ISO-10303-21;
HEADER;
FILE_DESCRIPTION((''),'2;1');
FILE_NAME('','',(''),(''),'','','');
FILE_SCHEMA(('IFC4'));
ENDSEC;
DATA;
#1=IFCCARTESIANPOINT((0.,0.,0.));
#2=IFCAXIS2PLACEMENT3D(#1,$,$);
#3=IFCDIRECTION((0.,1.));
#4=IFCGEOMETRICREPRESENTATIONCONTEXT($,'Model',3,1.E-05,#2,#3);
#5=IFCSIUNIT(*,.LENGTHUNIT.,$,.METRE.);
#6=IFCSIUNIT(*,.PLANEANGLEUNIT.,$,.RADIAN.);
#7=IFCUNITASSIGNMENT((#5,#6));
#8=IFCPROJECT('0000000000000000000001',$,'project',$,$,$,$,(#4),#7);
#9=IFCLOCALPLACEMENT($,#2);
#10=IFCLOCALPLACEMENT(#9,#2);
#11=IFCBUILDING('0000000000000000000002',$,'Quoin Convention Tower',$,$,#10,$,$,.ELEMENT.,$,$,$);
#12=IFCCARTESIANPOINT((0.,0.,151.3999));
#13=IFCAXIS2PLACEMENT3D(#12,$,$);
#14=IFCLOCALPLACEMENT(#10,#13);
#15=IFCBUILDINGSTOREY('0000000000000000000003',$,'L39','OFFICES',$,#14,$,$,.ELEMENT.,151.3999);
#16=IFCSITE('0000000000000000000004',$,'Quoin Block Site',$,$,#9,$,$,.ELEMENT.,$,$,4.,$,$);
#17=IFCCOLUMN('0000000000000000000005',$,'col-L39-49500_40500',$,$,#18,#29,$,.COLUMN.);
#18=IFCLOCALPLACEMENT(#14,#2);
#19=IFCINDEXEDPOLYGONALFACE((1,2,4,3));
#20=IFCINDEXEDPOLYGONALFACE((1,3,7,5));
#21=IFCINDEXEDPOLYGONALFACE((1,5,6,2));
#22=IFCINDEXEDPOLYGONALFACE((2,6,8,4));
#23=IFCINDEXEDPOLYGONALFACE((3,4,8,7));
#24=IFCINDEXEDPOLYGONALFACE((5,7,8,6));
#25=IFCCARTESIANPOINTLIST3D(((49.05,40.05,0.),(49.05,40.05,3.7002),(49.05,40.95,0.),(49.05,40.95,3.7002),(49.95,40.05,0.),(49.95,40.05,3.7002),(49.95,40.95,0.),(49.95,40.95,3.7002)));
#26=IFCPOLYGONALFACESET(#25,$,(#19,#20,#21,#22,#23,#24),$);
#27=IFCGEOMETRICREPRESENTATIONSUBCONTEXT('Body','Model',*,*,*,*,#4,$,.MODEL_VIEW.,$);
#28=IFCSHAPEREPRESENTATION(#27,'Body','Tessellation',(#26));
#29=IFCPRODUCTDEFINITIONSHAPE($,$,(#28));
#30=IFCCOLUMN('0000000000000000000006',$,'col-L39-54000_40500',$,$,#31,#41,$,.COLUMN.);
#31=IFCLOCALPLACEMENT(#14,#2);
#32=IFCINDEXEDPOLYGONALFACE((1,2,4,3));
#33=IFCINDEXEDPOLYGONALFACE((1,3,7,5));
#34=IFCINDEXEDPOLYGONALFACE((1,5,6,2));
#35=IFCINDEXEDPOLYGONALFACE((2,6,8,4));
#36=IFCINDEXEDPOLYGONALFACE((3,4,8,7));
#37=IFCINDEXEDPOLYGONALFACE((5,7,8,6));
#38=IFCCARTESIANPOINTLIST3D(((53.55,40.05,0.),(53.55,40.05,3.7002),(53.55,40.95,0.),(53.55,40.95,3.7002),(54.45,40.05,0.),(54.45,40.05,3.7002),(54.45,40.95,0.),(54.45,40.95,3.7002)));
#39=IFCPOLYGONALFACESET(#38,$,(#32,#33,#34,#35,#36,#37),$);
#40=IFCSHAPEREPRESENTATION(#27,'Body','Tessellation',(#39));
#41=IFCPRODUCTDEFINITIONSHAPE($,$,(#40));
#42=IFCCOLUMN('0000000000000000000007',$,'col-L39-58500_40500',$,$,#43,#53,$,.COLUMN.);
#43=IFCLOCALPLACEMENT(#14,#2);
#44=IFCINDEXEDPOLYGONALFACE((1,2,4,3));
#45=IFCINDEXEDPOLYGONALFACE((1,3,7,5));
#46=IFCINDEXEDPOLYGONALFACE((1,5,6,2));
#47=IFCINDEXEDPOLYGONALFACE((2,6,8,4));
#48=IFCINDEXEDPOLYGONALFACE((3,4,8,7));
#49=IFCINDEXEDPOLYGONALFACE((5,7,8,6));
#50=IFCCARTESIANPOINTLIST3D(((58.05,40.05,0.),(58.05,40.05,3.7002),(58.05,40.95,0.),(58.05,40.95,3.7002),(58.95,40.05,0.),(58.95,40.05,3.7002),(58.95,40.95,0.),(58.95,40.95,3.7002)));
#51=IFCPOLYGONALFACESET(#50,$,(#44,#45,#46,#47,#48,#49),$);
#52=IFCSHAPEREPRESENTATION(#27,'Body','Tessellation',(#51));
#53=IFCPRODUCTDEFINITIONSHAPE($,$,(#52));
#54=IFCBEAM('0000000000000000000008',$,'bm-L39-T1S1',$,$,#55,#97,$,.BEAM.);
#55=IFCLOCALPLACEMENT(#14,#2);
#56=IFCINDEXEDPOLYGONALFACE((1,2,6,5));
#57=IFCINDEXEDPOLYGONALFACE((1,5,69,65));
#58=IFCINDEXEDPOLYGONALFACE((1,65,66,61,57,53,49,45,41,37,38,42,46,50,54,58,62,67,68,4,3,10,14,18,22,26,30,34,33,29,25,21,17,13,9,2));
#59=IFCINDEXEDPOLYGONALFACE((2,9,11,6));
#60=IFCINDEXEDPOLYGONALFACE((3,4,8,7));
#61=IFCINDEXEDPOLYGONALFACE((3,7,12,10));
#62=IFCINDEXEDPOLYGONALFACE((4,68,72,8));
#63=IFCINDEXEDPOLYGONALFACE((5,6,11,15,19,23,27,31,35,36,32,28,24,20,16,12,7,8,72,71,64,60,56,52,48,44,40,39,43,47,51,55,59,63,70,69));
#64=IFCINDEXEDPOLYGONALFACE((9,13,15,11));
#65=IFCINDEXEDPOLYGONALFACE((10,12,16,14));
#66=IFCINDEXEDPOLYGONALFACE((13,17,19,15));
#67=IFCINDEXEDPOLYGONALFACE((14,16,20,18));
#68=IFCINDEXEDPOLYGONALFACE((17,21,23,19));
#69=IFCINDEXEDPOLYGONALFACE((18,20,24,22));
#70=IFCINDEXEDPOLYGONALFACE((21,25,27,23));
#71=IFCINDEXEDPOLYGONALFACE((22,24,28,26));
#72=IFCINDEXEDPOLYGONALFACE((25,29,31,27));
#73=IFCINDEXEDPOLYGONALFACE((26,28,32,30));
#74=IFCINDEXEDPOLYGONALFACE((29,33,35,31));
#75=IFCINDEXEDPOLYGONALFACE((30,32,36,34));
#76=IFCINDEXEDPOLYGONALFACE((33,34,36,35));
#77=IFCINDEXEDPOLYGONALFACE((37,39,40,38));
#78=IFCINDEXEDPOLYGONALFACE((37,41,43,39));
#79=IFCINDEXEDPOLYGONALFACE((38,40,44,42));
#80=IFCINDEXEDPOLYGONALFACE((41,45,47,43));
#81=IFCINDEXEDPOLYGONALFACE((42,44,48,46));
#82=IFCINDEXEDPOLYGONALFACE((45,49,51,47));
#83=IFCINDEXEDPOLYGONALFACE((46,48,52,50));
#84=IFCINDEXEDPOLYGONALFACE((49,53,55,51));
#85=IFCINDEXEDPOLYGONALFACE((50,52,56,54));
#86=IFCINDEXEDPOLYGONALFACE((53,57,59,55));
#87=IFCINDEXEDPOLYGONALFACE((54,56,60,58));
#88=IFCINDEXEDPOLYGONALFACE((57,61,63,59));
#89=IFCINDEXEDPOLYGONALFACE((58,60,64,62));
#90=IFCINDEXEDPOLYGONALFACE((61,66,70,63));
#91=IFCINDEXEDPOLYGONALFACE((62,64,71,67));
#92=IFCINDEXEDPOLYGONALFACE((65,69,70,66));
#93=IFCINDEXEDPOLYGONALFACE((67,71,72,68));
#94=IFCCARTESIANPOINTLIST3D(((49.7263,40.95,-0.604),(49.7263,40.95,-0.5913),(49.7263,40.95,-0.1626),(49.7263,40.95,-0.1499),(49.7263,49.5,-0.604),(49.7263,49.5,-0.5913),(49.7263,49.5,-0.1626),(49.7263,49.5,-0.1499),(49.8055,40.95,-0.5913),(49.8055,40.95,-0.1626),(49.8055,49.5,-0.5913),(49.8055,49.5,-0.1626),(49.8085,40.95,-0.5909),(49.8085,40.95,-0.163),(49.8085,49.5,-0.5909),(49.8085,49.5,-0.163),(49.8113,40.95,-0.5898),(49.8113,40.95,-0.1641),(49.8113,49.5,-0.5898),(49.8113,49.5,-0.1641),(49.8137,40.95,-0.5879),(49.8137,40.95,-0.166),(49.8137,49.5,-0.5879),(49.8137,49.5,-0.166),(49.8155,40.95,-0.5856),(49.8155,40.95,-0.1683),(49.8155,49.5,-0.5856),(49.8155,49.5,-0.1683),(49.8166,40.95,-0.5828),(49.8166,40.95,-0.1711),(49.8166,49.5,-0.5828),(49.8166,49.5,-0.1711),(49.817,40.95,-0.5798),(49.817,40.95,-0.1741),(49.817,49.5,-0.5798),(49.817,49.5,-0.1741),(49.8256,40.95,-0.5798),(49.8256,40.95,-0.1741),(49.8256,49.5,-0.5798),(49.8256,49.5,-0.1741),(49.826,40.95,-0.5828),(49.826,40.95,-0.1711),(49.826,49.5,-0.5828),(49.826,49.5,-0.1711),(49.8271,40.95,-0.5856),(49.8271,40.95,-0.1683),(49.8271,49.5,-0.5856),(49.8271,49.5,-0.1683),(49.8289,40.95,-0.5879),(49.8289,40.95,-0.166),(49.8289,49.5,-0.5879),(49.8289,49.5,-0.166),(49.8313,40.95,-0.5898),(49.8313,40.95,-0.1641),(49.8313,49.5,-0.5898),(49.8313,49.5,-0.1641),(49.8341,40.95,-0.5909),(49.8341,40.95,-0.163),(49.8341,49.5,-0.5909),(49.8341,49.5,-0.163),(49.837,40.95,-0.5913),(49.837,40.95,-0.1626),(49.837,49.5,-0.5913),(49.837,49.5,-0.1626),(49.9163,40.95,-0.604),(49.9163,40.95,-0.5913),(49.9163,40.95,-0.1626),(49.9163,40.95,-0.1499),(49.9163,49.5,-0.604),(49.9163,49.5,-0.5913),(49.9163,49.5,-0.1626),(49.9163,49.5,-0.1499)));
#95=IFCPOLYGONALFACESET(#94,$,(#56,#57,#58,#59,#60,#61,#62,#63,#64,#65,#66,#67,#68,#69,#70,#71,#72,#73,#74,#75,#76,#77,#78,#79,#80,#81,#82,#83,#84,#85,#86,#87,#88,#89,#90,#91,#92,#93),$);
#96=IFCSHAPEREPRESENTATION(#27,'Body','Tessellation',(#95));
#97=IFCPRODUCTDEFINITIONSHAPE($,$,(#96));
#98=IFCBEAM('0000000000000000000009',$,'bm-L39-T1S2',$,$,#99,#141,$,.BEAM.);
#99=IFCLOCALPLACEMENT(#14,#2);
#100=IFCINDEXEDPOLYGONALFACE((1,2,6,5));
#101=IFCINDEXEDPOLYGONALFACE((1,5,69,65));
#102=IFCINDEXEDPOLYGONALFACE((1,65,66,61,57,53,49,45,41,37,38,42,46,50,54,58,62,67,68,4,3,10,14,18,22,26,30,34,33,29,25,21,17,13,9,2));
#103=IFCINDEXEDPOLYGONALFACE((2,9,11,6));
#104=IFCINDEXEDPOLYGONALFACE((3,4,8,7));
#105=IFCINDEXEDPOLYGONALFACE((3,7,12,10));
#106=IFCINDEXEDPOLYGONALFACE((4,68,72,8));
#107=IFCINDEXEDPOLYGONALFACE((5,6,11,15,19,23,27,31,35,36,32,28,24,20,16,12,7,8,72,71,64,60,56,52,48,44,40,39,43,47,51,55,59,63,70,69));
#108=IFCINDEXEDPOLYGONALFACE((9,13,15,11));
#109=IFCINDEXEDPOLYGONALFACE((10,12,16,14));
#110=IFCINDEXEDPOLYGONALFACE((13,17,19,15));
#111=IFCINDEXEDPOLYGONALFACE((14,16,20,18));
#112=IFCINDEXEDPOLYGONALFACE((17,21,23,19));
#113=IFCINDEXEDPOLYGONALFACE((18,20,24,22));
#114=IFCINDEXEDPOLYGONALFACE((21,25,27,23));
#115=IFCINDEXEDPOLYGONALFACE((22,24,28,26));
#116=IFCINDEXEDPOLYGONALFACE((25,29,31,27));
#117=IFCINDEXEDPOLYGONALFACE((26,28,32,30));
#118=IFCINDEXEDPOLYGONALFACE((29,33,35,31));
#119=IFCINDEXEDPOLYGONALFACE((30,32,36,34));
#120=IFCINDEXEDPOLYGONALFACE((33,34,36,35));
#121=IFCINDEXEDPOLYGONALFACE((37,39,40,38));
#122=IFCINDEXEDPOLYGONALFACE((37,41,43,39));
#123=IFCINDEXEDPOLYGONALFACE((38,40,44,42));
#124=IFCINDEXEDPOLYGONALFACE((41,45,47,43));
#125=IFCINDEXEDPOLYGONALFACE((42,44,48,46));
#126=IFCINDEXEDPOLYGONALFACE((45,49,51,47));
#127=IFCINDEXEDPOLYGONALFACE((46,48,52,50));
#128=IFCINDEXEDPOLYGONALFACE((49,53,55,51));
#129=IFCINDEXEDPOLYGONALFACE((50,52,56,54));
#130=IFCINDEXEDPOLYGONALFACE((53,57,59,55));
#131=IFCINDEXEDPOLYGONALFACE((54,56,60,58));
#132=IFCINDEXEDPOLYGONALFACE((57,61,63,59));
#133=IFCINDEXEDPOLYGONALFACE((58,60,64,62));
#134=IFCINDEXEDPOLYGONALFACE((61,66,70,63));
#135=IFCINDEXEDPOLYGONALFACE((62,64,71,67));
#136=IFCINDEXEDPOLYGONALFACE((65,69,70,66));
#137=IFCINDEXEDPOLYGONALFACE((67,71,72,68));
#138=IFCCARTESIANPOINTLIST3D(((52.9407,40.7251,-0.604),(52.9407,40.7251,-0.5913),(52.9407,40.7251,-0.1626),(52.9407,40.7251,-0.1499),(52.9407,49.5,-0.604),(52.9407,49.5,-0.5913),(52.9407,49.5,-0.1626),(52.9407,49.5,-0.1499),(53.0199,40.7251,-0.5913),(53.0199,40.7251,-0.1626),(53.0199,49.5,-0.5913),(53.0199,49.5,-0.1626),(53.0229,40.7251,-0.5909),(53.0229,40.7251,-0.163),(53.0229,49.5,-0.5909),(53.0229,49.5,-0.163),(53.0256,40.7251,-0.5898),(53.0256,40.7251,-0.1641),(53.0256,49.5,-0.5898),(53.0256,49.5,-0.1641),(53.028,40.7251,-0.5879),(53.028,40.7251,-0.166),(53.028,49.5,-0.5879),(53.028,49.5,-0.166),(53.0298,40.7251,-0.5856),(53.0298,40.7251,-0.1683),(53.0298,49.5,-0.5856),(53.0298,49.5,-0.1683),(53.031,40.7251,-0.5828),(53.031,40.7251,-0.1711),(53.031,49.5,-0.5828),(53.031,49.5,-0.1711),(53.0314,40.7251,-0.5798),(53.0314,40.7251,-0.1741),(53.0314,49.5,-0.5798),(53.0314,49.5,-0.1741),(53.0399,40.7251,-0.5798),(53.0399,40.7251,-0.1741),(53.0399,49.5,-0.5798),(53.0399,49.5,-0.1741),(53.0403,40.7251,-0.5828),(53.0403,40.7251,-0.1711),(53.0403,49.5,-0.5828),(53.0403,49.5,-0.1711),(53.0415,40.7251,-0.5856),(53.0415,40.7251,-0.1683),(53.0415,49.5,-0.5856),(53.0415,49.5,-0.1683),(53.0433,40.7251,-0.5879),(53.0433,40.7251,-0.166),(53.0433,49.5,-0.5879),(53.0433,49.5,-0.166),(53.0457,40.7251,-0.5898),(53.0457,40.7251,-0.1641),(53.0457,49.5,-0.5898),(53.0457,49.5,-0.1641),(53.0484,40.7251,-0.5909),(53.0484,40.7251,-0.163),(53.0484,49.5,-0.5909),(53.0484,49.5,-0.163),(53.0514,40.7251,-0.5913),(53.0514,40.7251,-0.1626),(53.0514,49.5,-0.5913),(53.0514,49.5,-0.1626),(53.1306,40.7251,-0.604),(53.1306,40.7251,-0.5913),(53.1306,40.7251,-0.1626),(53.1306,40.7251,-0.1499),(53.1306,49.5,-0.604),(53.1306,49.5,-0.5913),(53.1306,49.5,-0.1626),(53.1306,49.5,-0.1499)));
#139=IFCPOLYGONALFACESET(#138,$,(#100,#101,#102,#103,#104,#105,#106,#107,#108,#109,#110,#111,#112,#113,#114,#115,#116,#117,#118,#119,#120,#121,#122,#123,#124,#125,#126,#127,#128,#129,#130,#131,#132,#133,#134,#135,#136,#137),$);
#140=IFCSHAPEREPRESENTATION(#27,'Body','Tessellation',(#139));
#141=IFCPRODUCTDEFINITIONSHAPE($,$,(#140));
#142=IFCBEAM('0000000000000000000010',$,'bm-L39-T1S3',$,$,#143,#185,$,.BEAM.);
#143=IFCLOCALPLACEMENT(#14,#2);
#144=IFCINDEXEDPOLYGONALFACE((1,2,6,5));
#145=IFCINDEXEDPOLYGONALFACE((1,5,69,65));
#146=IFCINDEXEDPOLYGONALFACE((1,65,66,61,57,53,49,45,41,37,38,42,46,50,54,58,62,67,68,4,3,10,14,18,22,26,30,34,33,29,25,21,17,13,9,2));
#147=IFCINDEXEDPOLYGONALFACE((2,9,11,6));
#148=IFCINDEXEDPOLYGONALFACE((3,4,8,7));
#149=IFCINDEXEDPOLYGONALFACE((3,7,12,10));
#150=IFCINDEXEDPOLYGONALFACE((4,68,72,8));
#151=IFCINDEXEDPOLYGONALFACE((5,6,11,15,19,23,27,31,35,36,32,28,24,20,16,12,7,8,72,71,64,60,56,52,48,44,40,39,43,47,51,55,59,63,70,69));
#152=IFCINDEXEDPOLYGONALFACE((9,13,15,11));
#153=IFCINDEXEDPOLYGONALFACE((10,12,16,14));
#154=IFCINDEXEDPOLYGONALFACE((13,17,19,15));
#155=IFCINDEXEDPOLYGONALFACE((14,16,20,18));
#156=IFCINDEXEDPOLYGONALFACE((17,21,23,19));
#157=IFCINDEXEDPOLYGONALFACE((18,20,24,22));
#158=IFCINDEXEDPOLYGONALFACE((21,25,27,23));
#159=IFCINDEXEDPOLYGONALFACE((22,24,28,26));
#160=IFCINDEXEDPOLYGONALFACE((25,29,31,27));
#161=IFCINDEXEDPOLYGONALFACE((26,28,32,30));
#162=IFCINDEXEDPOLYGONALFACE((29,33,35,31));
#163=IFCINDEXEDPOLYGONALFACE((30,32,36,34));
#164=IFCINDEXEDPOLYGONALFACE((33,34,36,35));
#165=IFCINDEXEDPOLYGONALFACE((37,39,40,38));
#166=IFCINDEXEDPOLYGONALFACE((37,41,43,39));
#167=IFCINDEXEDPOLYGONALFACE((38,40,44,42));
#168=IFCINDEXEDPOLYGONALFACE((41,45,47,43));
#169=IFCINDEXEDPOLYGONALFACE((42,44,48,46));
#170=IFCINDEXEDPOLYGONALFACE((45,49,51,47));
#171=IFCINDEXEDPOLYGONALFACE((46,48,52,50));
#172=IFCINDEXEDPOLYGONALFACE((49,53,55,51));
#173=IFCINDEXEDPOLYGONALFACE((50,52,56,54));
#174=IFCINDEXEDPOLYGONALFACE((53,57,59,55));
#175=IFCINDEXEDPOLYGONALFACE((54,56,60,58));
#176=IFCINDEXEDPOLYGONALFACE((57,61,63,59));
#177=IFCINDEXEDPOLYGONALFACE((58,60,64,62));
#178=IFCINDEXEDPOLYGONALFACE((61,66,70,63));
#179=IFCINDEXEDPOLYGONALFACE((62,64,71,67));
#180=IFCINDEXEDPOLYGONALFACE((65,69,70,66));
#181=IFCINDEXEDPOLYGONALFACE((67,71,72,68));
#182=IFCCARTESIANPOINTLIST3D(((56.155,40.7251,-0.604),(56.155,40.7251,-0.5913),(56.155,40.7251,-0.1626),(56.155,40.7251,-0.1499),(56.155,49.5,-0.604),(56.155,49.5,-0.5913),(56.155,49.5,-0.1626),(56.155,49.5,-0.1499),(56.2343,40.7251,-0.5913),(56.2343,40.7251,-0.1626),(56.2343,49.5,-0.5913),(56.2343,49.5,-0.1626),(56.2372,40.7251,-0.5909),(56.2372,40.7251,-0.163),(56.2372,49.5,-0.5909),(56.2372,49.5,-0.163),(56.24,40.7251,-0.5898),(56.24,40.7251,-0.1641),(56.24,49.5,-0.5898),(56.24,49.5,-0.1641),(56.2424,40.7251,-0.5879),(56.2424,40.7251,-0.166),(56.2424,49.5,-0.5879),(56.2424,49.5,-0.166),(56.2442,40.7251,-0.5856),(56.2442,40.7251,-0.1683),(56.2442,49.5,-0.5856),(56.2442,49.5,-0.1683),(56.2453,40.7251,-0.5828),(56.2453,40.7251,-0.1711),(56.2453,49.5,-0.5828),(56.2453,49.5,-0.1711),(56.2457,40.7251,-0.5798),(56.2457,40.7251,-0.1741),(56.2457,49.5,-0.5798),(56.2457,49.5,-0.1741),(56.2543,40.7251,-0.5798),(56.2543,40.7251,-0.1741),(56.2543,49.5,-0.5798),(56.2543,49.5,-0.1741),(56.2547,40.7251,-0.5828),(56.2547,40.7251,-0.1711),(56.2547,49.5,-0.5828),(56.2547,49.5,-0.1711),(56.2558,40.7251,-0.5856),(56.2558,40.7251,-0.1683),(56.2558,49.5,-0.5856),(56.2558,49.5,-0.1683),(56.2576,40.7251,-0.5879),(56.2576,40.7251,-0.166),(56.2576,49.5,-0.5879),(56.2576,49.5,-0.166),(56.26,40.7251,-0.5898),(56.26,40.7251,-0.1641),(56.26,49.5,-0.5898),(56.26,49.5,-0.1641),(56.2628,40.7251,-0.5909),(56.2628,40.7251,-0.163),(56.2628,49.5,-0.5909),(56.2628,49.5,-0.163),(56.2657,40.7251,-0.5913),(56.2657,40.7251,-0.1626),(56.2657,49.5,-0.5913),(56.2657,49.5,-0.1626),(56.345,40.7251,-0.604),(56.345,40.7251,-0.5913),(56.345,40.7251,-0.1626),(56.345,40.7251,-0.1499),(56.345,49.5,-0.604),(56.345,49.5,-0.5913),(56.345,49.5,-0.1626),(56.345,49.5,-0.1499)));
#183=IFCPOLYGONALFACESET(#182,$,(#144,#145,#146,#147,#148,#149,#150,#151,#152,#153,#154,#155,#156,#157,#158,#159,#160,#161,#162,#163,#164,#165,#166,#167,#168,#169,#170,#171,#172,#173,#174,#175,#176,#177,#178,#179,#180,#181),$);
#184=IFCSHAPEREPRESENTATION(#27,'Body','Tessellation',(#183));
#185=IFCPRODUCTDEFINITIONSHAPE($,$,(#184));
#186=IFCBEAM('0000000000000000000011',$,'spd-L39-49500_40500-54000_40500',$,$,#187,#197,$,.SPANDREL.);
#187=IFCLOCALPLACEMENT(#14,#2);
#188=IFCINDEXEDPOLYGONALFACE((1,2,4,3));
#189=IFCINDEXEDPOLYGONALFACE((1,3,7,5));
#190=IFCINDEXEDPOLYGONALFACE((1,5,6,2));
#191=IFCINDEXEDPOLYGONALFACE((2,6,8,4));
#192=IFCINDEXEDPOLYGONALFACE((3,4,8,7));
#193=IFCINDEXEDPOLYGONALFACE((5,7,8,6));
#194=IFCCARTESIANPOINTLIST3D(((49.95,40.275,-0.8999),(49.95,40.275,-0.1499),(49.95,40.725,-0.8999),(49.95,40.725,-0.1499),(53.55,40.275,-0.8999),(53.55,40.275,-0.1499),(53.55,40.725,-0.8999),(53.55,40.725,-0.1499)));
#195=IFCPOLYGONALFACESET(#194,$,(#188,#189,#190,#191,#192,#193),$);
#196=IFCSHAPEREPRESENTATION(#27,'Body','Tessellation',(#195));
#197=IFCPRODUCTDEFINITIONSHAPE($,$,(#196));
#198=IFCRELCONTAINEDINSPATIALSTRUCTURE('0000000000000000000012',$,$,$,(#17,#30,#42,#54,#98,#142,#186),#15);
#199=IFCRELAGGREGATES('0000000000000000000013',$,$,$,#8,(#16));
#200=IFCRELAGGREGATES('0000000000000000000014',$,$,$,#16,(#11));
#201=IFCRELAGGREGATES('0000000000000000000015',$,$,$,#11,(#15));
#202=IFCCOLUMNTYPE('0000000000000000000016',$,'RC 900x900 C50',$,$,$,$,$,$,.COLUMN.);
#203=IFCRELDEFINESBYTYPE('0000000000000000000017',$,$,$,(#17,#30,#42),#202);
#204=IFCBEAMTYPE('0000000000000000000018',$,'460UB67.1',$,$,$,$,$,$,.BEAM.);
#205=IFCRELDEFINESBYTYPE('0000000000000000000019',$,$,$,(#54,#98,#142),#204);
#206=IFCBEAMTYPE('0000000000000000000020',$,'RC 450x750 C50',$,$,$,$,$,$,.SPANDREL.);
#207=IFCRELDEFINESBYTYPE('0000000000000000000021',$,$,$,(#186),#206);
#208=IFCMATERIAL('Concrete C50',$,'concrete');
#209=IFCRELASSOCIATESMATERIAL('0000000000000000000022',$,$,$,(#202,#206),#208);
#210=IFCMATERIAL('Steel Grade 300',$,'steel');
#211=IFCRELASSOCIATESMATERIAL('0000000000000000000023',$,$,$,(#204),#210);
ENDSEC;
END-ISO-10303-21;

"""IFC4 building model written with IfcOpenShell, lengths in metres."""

from ifc_helpers import new_model, si_unit, direction, frame, origin, origin_2d, place, context, subcontext, project, spatial, rectangle, i_section, extrude, material, material_profile, profile_set, type_object, element, save


model = new_model("IFC4")

# Units and contexts
model_context = context("Model", 3, precision=1e-05, world=origin(), true_north=direction((0.0, 1.0)))
body_context = subcontext(model_context, "Body", "Model", "MODEL_VIEW")
ifc_project = project(units=[si_unit("LENGTHUNIT", "METRE"), si_unit("PLANEANGLEUNIT", "RADIAN")], contexts=[model_context])

# Site, building, storey
site_placement = place(None, origin())
site = spatial("IfcSite", under=ifc_project, at=site_placement, Name="Quoin Block Site", CompositionType="ELEMENT", RefElevation=4.0)
building_placement = place(site_placement, origin())
building = spatial("IfcBuilding", under=site, at=building_placement, Name="Quoin Convention Tower", CompositionType="ELEMENT")
storey_placement = place(building_placement, frame((0.0, 0.0, 151.3999)))
storey = spatial("IfcBuildingStorey", under=building, at=storey_placement, Name="L39", Description="OFFICES", CompositionType="ELEMENT", Elevation=151.3999)

# Columns
ifc_material_1 = material(Name="Concrete C50", Category="concrete")
ifc_material_profile_1 = material_profile(ifc_material_1, rectangle(XDim=0.8999, YDim=0.8999, at=origin_2d()), Name="RC 900x900")
ifc_profile_set_1 = profile_set([ifc_material_profile_1], Name="Concrete C50")
column_type = type_object("IfcColumnType", Name="RC 900x900 C50", PredefinedType="COLUMN", material=ifc_profile_set_1)
for number, where, z_axis, x_axis, name in (
    (1, (49.5, 40.5, 0.0), (0.0, 0.0, 1.0), (1.0, 0.0, 0.0), "col-L39-49500_40500"),
    (2, (54.0, 40.5, 0.0), (0.0, 0.0, 1.0), (1.0, 0.0, 0.0), "col-L39-54000_40500"),
    (3, (58.5, 40.5, 0.0), (0.0, 0.0, 1.0), (1.0, 0.0, 0.0), "col-L39-58500_40500"),
):
    element("IfcColumn", number, at=place(storey_placement, frame(where, z_axis=z_axis, x_axis=x_axis)), inside=storey, type_object=column_type, Name=name, PredefinedType="COLUMN", context=body_context, shape_type="SweptSolid", body=[
        extrude(rectangle(XDim=0.8999, YDim=0.8999, at=origin_2d()), origin(), (0.0, 0.0, 1.0), 3.7002),
    ])

# Beams
ifc_material_2 = material(Name="Steel Grade 300", Category="steel")
ifc_material_profile_2 = material_profile(ifc_material_2, i_section(OverallWidth=0.1899, OverallDepth=0.4541, WebThickness=0.0085, FlangeThickness=0.0127, FilletRadius=0.0115, at=origin_2d()), Name="460UB67.1")
ifc_profile_set_2 = profile_set([ifc_material_profile_2], Name="Steel Grade 300")
beam_type_1 = type_object("IfcBeamType", Name="460UB67.1", PredefinedType="BEAM", material=ifc_profile_set_2)
beam_placement = place(storey_placement, frame((49.8213, 40.95, -0.377), z_axis=(0.0, 1.0, 0.0), x_axis=(-1.0, 0.0, 0.0)))
element("IfcBeam", 4, at=beam_placement, inside=storey, type_object=beam_type_1, Name="bm-L39-T1S1", PredefinedType="BEAM", context=body_context, shape_type="SweptSolid", body=[
    extrude(i_section(OverallWidth=0.1899, OverallDepth=0.4541, WebThickness=0.0085, FlangeThickness=0.0127, FilletRadius=0.0115, at=origin_2d()), origin(), (0.0, 0.0, 1.0), 8.55),
])
for number, where, z_axis, x_axis, name in (
    (5, (53.0356, 40.7251, -0.377), (0.0, 1.0, 0.0), (-1.0, 0.0, 0.0), "bm-L39-T1S2"),
    (6, (56.25, 40.7251, -0.377), (0.0, 1.0, 0.0), (-1.0, 0.0, 0.0), "bm-L39-T1S3"),
):
    element("IfcBeam", number, at=place(storey_placement, frame(where, z_axis=z_axis, x_axis=x_axis)), inside=storey, type_object=beam_type_1, Name=name, PredefinedType="BEAM", context=body_context, shape_type="SweptSolid", body=[
        extrude(i_section(OverallWidth=0.1899, OverallDepth=0.4541, WebThickness=0.0085, FlangeThickness=0.0127, FilletRadius=0.0115, at=origin_2d()), origin(), (0.0, 0.0, 1.0), 8.7749),
    ])
ifc_material_profile_3 = material_profile(ifc_material_1, rectangle(XDim=0.45, YDim=0.75, at=origin_2d()), Name="RC 450x750")
ifc_profile_set_3 = profile_set([ifc_material_profile_3], Name="Concrete C50")
beam_type_2 = type_object("IfcBeamType", Name="RC 450x750 C50", PredefinedType="SPANDREL", material=ifc_profile_set_3)
for number, where, z_axis, x_axis, name in (
    (7, (49.95, 40.5, -0.5249), (1.0, 0.0, 0.0), (0.0, 1.0, 0.0), "spd-L39-49500_40500-54000_40500"),
):
    element("IfcBeam", number, at=place(storey_placement, frame(where, z_axis=z_axis, x_axis=x_axis)), inside=storey, type_object=beam_type_2, Name=name, PredefinedType="SPANDREL", context=body_context, shape_type="SweptSolid", body=[
        extrude(rectangle(XDim=0.45, YDim=0.75, at=origin_2d()), origin(), (0.0, 0.0, 1.0), 3.6001),
    ])

save(model, "model.ifc")
